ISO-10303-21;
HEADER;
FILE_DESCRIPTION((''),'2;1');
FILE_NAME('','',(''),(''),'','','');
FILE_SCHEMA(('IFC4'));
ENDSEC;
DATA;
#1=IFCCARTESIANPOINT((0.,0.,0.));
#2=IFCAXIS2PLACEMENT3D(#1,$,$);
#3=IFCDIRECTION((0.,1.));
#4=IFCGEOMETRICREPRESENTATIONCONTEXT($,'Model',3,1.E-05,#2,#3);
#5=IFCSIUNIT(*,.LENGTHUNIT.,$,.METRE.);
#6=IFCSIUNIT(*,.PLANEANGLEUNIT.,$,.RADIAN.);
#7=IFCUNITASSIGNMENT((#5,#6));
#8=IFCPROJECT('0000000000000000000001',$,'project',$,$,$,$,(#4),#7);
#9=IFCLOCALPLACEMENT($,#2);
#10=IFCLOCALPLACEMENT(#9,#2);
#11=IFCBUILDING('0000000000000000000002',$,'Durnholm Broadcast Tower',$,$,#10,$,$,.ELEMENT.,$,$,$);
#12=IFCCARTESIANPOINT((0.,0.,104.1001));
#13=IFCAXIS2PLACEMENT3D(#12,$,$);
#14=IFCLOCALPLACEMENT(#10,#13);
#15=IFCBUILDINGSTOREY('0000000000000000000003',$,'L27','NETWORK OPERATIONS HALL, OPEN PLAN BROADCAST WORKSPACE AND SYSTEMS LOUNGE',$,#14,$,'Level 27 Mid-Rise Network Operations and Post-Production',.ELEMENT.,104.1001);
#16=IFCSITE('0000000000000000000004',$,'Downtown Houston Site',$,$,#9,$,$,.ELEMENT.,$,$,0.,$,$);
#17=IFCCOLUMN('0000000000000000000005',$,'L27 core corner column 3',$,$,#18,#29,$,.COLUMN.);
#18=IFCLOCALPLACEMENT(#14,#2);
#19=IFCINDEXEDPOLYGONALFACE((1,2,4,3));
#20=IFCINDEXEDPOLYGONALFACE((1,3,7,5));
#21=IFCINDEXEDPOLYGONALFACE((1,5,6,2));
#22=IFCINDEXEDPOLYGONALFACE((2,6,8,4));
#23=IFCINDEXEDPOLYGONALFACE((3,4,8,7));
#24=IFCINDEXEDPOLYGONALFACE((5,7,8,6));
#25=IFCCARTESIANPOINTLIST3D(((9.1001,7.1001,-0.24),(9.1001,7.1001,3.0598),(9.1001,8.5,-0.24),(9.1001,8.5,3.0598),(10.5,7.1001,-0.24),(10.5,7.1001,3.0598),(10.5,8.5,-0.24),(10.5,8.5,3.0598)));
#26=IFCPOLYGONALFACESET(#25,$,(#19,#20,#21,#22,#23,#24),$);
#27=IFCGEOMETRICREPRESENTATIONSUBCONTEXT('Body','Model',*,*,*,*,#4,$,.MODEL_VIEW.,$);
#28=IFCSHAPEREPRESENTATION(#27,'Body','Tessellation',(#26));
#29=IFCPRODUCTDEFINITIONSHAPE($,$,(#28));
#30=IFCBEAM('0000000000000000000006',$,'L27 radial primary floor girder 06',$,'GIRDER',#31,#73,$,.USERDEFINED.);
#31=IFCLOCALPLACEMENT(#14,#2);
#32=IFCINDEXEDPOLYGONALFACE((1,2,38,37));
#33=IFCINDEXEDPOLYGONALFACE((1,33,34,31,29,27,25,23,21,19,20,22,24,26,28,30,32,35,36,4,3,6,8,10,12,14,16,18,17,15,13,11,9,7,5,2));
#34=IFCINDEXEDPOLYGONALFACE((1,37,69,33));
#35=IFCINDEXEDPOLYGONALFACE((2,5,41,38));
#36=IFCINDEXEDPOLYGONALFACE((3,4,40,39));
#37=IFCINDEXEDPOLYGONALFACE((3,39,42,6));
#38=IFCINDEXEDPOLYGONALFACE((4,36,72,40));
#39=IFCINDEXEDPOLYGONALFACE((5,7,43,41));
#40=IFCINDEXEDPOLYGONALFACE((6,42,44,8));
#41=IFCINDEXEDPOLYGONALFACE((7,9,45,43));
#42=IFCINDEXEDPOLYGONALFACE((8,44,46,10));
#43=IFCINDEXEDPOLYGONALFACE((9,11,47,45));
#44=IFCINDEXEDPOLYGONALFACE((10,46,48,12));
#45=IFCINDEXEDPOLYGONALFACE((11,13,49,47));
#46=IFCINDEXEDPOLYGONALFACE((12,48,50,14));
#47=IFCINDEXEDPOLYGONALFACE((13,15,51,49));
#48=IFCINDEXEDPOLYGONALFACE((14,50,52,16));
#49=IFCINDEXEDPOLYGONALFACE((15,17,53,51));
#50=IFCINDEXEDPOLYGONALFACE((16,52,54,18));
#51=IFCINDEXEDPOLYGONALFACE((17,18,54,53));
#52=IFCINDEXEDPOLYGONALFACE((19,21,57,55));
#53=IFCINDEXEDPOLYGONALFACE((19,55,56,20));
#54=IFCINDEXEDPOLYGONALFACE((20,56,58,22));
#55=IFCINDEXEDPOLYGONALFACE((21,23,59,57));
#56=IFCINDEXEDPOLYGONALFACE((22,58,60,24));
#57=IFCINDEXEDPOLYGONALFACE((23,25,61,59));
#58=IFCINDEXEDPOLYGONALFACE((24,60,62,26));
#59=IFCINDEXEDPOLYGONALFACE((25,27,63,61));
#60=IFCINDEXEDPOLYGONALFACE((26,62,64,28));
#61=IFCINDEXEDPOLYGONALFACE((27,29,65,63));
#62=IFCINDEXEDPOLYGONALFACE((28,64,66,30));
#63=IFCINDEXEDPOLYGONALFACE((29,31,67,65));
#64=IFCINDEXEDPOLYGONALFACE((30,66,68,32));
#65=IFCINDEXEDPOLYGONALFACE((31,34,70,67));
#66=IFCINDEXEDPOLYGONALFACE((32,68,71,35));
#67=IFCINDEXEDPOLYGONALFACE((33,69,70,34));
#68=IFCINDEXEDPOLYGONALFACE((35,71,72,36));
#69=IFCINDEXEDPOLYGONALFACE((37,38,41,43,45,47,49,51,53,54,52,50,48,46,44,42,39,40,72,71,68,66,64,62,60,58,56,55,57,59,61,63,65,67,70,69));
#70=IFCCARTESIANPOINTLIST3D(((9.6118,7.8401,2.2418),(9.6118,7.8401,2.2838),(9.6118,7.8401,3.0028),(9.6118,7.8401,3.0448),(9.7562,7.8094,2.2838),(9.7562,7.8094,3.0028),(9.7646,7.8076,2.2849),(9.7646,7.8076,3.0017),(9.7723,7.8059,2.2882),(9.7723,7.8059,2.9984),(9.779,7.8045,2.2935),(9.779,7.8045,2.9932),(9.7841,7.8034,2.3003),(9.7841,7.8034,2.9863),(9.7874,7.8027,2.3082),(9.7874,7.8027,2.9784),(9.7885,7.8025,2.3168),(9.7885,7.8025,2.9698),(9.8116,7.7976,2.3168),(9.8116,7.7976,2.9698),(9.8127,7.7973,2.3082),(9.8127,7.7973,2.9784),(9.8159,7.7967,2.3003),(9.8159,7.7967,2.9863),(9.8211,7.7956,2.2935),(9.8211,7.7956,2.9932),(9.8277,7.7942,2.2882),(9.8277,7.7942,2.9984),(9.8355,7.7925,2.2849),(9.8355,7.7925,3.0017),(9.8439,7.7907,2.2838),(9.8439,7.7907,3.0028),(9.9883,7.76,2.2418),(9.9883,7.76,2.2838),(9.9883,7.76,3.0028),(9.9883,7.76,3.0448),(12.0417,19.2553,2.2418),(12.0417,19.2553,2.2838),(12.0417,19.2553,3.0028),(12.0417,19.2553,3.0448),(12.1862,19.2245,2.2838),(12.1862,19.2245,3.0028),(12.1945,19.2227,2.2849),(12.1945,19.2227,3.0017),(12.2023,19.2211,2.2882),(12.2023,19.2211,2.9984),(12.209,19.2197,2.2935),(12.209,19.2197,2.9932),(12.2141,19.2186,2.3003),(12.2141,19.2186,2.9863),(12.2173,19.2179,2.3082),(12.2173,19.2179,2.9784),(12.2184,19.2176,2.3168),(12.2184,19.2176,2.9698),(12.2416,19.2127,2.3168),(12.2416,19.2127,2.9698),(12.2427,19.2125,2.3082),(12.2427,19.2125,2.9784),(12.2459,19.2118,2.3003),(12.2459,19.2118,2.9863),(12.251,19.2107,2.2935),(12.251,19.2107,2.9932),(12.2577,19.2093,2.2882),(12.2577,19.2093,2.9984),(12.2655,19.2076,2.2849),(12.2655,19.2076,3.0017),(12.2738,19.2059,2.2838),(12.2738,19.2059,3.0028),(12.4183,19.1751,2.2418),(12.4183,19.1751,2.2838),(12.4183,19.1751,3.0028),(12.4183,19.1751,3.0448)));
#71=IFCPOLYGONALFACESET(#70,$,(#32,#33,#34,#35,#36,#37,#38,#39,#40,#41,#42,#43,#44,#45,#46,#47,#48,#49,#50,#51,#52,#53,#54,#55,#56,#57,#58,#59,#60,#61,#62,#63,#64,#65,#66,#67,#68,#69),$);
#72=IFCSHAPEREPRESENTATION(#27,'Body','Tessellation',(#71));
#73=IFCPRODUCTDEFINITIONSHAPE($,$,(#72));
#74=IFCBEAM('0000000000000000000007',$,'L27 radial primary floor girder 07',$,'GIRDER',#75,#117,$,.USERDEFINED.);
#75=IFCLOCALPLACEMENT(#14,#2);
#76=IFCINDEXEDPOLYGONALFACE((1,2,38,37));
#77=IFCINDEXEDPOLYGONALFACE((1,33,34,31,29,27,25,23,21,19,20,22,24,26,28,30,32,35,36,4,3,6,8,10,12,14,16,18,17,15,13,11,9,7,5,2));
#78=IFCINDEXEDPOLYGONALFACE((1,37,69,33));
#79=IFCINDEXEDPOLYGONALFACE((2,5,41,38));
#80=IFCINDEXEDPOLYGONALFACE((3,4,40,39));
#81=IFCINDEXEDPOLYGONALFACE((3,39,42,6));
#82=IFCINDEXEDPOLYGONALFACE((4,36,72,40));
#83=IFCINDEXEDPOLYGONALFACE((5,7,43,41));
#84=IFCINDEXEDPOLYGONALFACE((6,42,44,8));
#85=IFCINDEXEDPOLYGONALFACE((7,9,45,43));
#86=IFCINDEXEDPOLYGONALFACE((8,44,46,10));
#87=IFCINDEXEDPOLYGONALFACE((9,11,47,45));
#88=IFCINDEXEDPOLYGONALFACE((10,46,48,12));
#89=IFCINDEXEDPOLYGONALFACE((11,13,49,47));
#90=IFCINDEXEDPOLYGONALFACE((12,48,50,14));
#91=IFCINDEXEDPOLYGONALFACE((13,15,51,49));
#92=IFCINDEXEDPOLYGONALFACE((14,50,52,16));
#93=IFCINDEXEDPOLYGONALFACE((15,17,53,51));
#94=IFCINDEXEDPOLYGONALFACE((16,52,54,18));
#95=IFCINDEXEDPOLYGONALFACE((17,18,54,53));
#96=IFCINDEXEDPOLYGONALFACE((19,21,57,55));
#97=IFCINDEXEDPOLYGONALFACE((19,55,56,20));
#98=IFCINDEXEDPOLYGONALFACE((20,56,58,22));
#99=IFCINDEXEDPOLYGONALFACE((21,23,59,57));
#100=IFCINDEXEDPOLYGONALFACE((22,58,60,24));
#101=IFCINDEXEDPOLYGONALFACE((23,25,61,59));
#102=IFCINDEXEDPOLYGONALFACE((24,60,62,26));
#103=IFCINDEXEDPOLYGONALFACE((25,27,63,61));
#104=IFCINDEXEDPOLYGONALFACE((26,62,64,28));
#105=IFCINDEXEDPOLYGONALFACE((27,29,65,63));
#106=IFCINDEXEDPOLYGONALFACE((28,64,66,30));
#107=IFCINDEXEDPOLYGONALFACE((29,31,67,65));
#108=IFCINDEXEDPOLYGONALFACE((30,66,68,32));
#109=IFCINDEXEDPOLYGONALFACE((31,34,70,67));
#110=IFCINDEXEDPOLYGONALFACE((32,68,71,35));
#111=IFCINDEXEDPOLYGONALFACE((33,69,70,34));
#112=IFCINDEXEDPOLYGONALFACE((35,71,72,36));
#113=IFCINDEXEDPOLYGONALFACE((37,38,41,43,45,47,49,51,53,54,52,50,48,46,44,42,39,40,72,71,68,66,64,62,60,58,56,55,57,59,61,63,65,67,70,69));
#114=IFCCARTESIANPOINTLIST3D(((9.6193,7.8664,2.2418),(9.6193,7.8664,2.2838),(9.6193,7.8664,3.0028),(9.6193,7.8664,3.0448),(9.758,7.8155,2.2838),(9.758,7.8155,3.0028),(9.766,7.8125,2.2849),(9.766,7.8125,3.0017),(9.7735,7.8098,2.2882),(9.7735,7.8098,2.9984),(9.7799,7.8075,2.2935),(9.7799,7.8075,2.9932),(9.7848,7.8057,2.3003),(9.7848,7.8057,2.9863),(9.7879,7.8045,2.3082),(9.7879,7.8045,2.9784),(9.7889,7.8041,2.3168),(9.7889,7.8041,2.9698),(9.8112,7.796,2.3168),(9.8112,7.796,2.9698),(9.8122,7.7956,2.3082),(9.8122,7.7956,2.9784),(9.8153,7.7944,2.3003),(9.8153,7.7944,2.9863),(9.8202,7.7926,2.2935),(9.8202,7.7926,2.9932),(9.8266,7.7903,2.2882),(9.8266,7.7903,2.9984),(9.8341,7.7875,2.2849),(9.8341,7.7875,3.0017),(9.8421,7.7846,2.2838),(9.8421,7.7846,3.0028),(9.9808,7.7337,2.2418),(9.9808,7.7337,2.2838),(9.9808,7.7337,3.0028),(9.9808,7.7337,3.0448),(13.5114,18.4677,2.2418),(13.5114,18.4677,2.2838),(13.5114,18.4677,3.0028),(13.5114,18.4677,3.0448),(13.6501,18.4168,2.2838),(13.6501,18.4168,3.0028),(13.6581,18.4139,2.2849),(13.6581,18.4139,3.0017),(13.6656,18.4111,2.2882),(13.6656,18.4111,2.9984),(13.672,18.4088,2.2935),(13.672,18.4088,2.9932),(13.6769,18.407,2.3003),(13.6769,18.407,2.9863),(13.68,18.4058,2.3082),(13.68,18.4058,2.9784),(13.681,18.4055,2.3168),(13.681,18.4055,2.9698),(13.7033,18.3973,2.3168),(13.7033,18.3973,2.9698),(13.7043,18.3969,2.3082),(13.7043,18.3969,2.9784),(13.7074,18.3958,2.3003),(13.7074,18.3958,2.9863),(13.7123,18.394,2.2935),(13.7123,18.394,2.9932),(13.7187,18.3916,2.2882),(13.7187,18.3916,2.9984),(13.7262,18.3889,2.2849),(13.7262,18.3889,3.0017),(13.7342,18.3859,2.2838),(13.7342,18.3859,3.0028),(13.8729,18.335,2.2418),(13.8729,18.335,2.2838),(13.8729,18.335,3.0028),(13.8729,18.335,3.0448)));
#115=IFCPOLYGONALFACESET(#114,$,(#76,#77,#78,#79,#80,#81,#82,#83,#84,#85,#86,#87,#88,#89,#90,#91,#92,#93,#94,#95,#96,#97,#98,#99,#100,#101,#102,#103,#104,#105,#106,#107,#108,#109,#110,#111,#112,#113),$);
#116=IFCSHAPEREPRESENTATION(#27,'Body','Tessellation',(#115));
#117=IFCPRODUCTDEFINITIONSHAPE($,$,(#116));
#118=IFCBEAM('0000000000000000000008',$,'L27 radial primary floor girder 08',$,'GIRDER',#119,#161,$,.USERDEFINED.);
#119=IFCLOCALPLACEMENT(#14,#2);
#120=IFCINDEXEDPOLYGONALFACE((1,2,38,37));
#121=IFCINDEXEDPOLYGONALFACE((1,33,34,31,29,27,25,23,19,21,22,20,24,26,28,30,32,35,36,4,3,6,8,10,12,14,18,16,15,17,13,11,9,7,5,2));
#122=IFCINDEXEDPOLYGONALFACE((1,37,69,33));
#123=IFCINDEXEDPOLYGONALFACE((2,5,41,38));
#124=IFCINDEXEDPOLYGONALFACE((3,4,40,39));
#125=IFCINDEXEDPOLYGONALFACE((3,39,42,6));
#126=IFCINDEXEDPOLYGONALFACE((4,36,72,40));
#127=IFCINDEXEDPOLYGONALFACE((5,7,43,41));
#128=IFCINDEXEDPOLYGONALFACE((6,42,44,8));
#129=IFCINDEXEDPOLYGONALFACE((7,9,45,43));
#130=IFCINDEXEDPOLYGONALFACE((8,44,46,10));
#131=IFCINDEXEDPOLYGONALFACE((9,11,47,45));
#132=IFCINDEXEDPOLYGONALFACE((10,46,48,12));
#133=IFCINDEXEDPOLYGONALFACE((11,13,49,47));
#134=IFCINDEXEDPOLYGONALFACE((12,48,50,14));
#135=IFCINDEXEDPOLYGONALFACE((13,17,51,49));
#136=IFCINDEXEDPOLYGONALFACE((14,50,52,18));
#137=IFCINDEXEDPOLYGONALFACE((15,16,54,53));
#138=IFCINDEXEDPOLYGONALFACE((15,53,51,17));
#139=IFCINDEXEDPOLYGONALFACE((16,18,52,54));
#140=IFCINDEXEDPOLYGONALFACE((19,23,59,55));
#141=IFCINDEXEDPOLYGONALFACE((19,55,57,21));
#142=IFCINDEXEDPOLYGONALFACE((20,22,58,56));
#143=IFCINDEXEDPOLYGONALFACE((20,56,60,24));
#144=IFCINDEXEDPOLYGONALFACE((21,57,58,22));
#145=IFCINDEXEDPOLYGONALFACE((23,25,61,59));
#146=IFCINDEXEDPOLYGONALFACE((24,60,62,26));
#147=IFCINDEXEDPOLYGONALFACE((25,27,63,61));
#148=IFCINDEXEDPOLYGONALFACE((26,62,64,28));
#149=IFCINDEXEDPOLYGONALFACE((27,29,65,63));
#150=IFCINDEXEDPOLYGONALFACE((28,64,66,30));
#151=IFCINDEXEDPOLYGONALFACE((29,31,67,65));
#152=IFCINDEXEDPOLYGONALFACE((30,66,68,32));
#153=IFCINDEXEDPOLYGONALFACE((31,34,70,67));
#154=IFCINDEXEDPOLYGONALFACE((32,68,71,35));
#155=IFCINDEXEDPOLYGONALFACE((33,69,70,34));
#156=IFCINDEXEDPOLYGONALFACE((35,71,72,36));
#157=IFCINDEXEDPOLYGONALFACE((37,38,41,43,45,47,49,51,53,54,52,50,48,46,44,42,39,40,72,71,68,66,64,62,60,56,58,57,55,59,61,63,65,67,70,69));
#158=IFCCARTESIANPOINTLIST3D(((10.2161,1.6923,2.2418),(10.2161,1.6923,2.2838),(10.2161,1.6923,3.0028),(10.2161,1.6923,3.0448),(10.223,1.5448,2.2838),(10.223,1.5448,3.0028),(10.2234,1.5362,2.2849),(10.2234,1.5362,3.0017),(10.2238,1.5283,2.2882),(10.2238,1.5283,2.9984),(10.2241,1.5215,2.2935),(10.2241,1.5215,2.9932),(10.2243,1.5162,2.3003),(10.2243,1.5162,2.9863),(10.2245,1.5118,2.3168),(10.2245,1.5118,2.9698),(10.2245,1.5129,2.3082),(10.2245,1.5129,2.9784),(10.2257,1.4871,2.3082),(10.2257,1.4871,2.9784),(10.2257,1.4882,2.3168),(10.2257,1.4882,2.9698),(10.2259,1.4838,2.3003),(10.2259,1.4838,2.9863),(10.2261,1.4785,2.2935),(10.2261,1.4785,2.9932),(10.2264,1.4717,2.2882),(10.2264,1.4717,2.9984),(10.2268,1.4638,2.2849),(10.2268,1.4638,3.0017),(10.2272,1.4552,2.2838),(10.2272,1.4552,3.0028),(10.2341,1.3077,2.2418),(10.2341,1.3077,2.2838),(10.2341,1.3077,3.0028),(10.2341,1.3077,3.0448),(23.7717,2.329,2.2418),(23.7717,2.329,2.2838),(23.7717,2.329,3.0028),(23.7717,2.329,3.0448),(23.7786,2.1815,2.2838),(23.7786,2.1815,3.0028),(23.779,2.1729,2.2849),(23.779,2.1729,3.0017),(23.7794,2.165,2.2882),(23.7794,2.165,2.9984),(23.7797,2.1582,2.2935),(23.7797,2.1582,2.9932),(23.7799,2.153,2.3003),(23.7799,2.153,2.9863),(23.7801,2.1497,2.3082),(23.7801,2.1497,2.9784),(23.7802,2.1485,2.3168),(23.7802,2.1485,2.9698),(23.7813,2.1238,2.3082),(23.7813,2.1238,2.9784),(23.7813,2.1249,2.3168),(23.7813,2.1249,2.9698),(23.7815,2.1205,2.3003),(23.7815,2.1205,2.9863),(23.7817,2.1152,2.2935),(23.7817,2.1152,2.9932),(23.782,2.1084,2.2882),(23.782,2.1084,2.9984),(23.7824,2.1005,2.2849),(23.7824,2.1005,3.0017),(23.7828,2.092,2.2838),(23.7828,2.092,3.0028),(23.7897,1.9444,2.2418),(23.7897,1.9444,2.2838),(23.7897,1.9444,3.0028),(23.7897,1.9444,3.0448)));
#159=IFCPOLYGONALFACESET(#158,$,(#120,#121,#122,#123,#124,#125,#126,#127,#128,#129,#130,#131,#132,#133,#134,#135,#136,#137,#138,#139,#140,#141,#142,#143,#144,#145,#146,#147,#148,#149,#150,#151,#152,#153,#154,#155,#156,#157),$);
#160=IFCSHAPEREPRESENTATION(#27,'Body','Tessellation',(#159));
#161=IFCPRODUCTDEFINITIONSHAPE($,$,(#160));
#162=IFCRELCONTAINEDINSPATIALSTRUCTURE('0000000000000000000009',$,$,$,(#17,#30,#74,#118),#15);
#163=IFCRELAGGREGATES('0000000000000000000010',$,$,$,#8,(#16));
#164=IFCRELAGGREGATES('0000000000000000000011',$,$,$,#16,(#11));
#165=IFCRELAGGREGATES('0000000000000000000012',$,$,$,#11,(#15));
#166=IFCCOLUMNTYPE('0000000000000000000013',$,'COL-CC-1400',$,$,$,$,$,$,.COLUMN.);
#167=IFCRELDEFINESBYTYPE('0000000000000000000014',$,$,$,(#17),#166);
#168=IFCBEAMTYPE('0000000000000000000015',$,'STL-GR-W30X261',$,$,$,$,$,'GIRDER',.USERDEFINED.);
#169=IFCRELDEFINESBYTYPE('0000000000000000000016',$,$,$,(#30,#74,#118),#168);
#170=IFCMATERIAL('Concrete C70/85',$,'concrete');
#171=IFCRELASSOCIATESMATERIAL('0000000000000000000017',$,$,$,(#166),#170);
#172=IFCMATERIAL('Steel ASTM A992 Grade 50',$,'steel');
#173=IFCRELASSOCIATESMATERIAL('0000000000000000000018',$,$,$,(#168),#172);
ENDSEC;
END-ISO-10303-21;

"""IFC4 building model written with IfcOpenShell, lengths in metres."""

from ifc_helpers import new_model, si_unit, direction, frame, origin, origin_2d, place, context, subcontext, project, spatial, rectangle, i_section, extrude, source, transform, mapped, material, material_profile, profile_set, type_object, type_shapes, element, save


model = new_model("IFC4")

# Units and contexts
model_context = context("Model", 3, precision=1e-05, world=origin(), true_north=direction((0.0, 1.0)))
body_context = subcontext(model_context, "Body", "Model", "MODEL_VIEW")
ifc_project = project(units=[si_unit("LENGTHUNIT", "METRE"), si_unit("PLANEANGLEUNIT", "RADIAN")], contexts=[model_context])

# Site, building, storey
site_placement = place(None, origin())
site = spatial("IfcSite", under=ifc_project, at=site_placement, Name="Downtown Houston Site", CompositionType="ELEMENT", RefElevation=0.0)
building_placement = place(site_placement, origin())
building = spatial("IfcBuilding", under=site, at=building_placement, Name="Durnholm Broadcast Tower", CompositionType="ELEMENT")
storey_placement = place(building_placement, frame((0.0, 0.0, 104.1001)))
storey = spatial("IfcBuildingStorey", under=building, at=storey_placement, Name="L27", Description="NETWORK OPERATIONS HALL, OPEN PLAN BROADCAST WORKSPACE AND SYSTEMS LOUNGE", LongName="Level 27 Mid-Rise Network Operations and Post-Production", CompositionType="ELEMENT", Elevation=104.1001)

# Column
ifc_material_1 = material(Name="Concrete C70/85", Category="concrete")
ifc_material_profile_1 = material_profile(ifc_material_1, rectangle(XDim=1.3999, YDim=1.3999, at=origin_2d()), Name="RC1400X1400")
ifc_profile_set_1 = profile_set([ifc_material_profile_1], Name="Concrete C70/85")
column_type = type_object("IfcColumnType", Name="COL-CC-1400", PredefinedType="COLUMN", material=ifc_profile_set_1)
shared_shape_1 = source(origin(), body_context, "Body", "SweptSolid", [
    extrude(rectangle(XDim=1.3999, YDim=1.3999, at=origin_2d()), origin(), (0.0, 0.0, 1.0), 3.2998),
])
type_shapes(column_type, [shared_shape_1])
column_placement = place(storey_placement, frame((9.8, 7.8, -0.24), z_axis=(0.0, 0.0, 1.0), x_axis=(1.0, 0.0, 0.0)))
element("IfcColumn", 1, at=column_placement, inside=storey, type_object=column_type, Name="L27 core corner column 3", PredefinedType="COLUMN", context=body_context, shape_type="MappedRepresentation", body=[
    mapped(shared_shape_1, transform((0.0, 0.0, 0.0), x_axis=(1.0, 0.0, 0.0), y_axis=(0.0, 1.0, 0.0), z_axis=(0.0, 0.0, 1.0), scale=1.0)),
])

# Beams
ifc_material_2 = material(Name="Steel ASTM A992 Grade 50", Category="steel")
ifc_material_profile_2 = material_profile(ifc_material_2, i_section(OverallWidth=0.385, OverallDepth=0.803, WebThickness=0.0237, FlangeThickness=0.042, FilletRadius=0.033, at=origin_2d()), Name="W30X261")
ifc_profile_set_2 = profile_set([ifc_material_profile_2], Name="Steel ASTM A992 Grade 50")
beam_type_1 = type_object("IfcBeamType", Name="STL-GR-W30X261", ElementType="GIRDER", PredefinedType="USERDEFINED", material=ifc_profile_set_2)
shared_shape_2 = source(origin(), body_context, "Body", "SweptSolid", [
    extrude(i_section(OverallWidth=0.385, OverallDepth=0.803, WebThickness=0.0237, FlangeThickness=0.042, FilletRadius=0.033, at=origin_2d()), origin(), (0.0, 0.0, 1.0), 11.6709),
])
beam_1_placement = place(storey_placement, frame((9.8, 7.8, 2.6433), z_axis=(0.208206, 0.978085, 0.0), x_axis=(-0.978085, 0.208206, 0.0)))
element("IfcBeam", 2, at=beam_1_placement, inside=storey, type_object=beam_type_1, Name="L27 radial primary floor girder 06", ObjectType="GIRDER", PredefinedType="USERDEFINED", context=body_context, shape_type="MappedRepresentation", body=[
    mapped(shared_shape_2, transform((0.0, 0.0, 0.0), x_axis=(1.0, 0.0, 0.0), y_axis=(0.0, 1.0, 0.0), z_axis=(0.0, 0.0, 1.0), scale=1.0)),
])
shared_shape_3 = source(origin(), body_context, "Body", "SweptSolid", [
    extrude(i_section(OverallWidth=0.385, OverallDepth=0.803, WebThickness=0.0237, FlangeThickness=0.042, FilletRadius=0.033, at=origin_2d()), origin(), (0.0, 0.0, 1.0), 11.2932),
])
beam_2_placement = place(storey_placement, frame((9.8, 7.8, 2.6433), z_axis=(0.34464, 0.938735, 0.0), x_axis=(-0.938735, 0.34464, 0.0)))
element("IfcBeam", 3, at=beam_2_placement, inside=storey, type_object=beam_type_1, Name="L27 radial primary floor girder 07", ObjectType="GIRDER", PredefinedType="USERDEFINED", context=body_context, shape_type="MappedRepresentation", body=[
    mapped(shared_shape_3, transform((0.0, 0.0, 0.0), x_axis=(1.0, 0.0, 0.0), y_axis=(0.0, 1.0, 0.0), z_axis=(0.0, 0.0, 1.0), scale=1.0)),
])
shared_shape_4 = source(origin(), body_context, "Body", "SweptSolid", [
    extrude(i_section(OverallWidth=0.385, OverallDepth=0.803, WebThickness=0.0237, FlangeThickness=0.042, FilletRadius=0.033, at=origin_2d()), origin(), (0.0, 0.0, 1.0), 13.5706),
])
beam_3_placement = place(storey_placement, frame((10.2251, 1.5, 2.6433), z_axis=(0.998899, 0.046919, 0.0), x_axis=(-0.046919, 0.998899, 0.0)))
element("IfcBeam", 4, at=beam_3_placement, inside=storey, type_object=beam_type_1, Name="L27 radial primary floor girder 08", ObjectType="GIRDER", PredefinedType="USERDEFINED", context=body_context, shape_type="MappedRepresentation", body=[
    mapped(shared_shape_4, transform((0.0, 0.0, 0.0), x_axis=(1.0, 0.0, 0.0), y_axis=(0.0, 1.0, 0.0), z_axis=(0.0, 0.0, 1.0), scale=1.0)),
])

save(model, "model.ifc")
